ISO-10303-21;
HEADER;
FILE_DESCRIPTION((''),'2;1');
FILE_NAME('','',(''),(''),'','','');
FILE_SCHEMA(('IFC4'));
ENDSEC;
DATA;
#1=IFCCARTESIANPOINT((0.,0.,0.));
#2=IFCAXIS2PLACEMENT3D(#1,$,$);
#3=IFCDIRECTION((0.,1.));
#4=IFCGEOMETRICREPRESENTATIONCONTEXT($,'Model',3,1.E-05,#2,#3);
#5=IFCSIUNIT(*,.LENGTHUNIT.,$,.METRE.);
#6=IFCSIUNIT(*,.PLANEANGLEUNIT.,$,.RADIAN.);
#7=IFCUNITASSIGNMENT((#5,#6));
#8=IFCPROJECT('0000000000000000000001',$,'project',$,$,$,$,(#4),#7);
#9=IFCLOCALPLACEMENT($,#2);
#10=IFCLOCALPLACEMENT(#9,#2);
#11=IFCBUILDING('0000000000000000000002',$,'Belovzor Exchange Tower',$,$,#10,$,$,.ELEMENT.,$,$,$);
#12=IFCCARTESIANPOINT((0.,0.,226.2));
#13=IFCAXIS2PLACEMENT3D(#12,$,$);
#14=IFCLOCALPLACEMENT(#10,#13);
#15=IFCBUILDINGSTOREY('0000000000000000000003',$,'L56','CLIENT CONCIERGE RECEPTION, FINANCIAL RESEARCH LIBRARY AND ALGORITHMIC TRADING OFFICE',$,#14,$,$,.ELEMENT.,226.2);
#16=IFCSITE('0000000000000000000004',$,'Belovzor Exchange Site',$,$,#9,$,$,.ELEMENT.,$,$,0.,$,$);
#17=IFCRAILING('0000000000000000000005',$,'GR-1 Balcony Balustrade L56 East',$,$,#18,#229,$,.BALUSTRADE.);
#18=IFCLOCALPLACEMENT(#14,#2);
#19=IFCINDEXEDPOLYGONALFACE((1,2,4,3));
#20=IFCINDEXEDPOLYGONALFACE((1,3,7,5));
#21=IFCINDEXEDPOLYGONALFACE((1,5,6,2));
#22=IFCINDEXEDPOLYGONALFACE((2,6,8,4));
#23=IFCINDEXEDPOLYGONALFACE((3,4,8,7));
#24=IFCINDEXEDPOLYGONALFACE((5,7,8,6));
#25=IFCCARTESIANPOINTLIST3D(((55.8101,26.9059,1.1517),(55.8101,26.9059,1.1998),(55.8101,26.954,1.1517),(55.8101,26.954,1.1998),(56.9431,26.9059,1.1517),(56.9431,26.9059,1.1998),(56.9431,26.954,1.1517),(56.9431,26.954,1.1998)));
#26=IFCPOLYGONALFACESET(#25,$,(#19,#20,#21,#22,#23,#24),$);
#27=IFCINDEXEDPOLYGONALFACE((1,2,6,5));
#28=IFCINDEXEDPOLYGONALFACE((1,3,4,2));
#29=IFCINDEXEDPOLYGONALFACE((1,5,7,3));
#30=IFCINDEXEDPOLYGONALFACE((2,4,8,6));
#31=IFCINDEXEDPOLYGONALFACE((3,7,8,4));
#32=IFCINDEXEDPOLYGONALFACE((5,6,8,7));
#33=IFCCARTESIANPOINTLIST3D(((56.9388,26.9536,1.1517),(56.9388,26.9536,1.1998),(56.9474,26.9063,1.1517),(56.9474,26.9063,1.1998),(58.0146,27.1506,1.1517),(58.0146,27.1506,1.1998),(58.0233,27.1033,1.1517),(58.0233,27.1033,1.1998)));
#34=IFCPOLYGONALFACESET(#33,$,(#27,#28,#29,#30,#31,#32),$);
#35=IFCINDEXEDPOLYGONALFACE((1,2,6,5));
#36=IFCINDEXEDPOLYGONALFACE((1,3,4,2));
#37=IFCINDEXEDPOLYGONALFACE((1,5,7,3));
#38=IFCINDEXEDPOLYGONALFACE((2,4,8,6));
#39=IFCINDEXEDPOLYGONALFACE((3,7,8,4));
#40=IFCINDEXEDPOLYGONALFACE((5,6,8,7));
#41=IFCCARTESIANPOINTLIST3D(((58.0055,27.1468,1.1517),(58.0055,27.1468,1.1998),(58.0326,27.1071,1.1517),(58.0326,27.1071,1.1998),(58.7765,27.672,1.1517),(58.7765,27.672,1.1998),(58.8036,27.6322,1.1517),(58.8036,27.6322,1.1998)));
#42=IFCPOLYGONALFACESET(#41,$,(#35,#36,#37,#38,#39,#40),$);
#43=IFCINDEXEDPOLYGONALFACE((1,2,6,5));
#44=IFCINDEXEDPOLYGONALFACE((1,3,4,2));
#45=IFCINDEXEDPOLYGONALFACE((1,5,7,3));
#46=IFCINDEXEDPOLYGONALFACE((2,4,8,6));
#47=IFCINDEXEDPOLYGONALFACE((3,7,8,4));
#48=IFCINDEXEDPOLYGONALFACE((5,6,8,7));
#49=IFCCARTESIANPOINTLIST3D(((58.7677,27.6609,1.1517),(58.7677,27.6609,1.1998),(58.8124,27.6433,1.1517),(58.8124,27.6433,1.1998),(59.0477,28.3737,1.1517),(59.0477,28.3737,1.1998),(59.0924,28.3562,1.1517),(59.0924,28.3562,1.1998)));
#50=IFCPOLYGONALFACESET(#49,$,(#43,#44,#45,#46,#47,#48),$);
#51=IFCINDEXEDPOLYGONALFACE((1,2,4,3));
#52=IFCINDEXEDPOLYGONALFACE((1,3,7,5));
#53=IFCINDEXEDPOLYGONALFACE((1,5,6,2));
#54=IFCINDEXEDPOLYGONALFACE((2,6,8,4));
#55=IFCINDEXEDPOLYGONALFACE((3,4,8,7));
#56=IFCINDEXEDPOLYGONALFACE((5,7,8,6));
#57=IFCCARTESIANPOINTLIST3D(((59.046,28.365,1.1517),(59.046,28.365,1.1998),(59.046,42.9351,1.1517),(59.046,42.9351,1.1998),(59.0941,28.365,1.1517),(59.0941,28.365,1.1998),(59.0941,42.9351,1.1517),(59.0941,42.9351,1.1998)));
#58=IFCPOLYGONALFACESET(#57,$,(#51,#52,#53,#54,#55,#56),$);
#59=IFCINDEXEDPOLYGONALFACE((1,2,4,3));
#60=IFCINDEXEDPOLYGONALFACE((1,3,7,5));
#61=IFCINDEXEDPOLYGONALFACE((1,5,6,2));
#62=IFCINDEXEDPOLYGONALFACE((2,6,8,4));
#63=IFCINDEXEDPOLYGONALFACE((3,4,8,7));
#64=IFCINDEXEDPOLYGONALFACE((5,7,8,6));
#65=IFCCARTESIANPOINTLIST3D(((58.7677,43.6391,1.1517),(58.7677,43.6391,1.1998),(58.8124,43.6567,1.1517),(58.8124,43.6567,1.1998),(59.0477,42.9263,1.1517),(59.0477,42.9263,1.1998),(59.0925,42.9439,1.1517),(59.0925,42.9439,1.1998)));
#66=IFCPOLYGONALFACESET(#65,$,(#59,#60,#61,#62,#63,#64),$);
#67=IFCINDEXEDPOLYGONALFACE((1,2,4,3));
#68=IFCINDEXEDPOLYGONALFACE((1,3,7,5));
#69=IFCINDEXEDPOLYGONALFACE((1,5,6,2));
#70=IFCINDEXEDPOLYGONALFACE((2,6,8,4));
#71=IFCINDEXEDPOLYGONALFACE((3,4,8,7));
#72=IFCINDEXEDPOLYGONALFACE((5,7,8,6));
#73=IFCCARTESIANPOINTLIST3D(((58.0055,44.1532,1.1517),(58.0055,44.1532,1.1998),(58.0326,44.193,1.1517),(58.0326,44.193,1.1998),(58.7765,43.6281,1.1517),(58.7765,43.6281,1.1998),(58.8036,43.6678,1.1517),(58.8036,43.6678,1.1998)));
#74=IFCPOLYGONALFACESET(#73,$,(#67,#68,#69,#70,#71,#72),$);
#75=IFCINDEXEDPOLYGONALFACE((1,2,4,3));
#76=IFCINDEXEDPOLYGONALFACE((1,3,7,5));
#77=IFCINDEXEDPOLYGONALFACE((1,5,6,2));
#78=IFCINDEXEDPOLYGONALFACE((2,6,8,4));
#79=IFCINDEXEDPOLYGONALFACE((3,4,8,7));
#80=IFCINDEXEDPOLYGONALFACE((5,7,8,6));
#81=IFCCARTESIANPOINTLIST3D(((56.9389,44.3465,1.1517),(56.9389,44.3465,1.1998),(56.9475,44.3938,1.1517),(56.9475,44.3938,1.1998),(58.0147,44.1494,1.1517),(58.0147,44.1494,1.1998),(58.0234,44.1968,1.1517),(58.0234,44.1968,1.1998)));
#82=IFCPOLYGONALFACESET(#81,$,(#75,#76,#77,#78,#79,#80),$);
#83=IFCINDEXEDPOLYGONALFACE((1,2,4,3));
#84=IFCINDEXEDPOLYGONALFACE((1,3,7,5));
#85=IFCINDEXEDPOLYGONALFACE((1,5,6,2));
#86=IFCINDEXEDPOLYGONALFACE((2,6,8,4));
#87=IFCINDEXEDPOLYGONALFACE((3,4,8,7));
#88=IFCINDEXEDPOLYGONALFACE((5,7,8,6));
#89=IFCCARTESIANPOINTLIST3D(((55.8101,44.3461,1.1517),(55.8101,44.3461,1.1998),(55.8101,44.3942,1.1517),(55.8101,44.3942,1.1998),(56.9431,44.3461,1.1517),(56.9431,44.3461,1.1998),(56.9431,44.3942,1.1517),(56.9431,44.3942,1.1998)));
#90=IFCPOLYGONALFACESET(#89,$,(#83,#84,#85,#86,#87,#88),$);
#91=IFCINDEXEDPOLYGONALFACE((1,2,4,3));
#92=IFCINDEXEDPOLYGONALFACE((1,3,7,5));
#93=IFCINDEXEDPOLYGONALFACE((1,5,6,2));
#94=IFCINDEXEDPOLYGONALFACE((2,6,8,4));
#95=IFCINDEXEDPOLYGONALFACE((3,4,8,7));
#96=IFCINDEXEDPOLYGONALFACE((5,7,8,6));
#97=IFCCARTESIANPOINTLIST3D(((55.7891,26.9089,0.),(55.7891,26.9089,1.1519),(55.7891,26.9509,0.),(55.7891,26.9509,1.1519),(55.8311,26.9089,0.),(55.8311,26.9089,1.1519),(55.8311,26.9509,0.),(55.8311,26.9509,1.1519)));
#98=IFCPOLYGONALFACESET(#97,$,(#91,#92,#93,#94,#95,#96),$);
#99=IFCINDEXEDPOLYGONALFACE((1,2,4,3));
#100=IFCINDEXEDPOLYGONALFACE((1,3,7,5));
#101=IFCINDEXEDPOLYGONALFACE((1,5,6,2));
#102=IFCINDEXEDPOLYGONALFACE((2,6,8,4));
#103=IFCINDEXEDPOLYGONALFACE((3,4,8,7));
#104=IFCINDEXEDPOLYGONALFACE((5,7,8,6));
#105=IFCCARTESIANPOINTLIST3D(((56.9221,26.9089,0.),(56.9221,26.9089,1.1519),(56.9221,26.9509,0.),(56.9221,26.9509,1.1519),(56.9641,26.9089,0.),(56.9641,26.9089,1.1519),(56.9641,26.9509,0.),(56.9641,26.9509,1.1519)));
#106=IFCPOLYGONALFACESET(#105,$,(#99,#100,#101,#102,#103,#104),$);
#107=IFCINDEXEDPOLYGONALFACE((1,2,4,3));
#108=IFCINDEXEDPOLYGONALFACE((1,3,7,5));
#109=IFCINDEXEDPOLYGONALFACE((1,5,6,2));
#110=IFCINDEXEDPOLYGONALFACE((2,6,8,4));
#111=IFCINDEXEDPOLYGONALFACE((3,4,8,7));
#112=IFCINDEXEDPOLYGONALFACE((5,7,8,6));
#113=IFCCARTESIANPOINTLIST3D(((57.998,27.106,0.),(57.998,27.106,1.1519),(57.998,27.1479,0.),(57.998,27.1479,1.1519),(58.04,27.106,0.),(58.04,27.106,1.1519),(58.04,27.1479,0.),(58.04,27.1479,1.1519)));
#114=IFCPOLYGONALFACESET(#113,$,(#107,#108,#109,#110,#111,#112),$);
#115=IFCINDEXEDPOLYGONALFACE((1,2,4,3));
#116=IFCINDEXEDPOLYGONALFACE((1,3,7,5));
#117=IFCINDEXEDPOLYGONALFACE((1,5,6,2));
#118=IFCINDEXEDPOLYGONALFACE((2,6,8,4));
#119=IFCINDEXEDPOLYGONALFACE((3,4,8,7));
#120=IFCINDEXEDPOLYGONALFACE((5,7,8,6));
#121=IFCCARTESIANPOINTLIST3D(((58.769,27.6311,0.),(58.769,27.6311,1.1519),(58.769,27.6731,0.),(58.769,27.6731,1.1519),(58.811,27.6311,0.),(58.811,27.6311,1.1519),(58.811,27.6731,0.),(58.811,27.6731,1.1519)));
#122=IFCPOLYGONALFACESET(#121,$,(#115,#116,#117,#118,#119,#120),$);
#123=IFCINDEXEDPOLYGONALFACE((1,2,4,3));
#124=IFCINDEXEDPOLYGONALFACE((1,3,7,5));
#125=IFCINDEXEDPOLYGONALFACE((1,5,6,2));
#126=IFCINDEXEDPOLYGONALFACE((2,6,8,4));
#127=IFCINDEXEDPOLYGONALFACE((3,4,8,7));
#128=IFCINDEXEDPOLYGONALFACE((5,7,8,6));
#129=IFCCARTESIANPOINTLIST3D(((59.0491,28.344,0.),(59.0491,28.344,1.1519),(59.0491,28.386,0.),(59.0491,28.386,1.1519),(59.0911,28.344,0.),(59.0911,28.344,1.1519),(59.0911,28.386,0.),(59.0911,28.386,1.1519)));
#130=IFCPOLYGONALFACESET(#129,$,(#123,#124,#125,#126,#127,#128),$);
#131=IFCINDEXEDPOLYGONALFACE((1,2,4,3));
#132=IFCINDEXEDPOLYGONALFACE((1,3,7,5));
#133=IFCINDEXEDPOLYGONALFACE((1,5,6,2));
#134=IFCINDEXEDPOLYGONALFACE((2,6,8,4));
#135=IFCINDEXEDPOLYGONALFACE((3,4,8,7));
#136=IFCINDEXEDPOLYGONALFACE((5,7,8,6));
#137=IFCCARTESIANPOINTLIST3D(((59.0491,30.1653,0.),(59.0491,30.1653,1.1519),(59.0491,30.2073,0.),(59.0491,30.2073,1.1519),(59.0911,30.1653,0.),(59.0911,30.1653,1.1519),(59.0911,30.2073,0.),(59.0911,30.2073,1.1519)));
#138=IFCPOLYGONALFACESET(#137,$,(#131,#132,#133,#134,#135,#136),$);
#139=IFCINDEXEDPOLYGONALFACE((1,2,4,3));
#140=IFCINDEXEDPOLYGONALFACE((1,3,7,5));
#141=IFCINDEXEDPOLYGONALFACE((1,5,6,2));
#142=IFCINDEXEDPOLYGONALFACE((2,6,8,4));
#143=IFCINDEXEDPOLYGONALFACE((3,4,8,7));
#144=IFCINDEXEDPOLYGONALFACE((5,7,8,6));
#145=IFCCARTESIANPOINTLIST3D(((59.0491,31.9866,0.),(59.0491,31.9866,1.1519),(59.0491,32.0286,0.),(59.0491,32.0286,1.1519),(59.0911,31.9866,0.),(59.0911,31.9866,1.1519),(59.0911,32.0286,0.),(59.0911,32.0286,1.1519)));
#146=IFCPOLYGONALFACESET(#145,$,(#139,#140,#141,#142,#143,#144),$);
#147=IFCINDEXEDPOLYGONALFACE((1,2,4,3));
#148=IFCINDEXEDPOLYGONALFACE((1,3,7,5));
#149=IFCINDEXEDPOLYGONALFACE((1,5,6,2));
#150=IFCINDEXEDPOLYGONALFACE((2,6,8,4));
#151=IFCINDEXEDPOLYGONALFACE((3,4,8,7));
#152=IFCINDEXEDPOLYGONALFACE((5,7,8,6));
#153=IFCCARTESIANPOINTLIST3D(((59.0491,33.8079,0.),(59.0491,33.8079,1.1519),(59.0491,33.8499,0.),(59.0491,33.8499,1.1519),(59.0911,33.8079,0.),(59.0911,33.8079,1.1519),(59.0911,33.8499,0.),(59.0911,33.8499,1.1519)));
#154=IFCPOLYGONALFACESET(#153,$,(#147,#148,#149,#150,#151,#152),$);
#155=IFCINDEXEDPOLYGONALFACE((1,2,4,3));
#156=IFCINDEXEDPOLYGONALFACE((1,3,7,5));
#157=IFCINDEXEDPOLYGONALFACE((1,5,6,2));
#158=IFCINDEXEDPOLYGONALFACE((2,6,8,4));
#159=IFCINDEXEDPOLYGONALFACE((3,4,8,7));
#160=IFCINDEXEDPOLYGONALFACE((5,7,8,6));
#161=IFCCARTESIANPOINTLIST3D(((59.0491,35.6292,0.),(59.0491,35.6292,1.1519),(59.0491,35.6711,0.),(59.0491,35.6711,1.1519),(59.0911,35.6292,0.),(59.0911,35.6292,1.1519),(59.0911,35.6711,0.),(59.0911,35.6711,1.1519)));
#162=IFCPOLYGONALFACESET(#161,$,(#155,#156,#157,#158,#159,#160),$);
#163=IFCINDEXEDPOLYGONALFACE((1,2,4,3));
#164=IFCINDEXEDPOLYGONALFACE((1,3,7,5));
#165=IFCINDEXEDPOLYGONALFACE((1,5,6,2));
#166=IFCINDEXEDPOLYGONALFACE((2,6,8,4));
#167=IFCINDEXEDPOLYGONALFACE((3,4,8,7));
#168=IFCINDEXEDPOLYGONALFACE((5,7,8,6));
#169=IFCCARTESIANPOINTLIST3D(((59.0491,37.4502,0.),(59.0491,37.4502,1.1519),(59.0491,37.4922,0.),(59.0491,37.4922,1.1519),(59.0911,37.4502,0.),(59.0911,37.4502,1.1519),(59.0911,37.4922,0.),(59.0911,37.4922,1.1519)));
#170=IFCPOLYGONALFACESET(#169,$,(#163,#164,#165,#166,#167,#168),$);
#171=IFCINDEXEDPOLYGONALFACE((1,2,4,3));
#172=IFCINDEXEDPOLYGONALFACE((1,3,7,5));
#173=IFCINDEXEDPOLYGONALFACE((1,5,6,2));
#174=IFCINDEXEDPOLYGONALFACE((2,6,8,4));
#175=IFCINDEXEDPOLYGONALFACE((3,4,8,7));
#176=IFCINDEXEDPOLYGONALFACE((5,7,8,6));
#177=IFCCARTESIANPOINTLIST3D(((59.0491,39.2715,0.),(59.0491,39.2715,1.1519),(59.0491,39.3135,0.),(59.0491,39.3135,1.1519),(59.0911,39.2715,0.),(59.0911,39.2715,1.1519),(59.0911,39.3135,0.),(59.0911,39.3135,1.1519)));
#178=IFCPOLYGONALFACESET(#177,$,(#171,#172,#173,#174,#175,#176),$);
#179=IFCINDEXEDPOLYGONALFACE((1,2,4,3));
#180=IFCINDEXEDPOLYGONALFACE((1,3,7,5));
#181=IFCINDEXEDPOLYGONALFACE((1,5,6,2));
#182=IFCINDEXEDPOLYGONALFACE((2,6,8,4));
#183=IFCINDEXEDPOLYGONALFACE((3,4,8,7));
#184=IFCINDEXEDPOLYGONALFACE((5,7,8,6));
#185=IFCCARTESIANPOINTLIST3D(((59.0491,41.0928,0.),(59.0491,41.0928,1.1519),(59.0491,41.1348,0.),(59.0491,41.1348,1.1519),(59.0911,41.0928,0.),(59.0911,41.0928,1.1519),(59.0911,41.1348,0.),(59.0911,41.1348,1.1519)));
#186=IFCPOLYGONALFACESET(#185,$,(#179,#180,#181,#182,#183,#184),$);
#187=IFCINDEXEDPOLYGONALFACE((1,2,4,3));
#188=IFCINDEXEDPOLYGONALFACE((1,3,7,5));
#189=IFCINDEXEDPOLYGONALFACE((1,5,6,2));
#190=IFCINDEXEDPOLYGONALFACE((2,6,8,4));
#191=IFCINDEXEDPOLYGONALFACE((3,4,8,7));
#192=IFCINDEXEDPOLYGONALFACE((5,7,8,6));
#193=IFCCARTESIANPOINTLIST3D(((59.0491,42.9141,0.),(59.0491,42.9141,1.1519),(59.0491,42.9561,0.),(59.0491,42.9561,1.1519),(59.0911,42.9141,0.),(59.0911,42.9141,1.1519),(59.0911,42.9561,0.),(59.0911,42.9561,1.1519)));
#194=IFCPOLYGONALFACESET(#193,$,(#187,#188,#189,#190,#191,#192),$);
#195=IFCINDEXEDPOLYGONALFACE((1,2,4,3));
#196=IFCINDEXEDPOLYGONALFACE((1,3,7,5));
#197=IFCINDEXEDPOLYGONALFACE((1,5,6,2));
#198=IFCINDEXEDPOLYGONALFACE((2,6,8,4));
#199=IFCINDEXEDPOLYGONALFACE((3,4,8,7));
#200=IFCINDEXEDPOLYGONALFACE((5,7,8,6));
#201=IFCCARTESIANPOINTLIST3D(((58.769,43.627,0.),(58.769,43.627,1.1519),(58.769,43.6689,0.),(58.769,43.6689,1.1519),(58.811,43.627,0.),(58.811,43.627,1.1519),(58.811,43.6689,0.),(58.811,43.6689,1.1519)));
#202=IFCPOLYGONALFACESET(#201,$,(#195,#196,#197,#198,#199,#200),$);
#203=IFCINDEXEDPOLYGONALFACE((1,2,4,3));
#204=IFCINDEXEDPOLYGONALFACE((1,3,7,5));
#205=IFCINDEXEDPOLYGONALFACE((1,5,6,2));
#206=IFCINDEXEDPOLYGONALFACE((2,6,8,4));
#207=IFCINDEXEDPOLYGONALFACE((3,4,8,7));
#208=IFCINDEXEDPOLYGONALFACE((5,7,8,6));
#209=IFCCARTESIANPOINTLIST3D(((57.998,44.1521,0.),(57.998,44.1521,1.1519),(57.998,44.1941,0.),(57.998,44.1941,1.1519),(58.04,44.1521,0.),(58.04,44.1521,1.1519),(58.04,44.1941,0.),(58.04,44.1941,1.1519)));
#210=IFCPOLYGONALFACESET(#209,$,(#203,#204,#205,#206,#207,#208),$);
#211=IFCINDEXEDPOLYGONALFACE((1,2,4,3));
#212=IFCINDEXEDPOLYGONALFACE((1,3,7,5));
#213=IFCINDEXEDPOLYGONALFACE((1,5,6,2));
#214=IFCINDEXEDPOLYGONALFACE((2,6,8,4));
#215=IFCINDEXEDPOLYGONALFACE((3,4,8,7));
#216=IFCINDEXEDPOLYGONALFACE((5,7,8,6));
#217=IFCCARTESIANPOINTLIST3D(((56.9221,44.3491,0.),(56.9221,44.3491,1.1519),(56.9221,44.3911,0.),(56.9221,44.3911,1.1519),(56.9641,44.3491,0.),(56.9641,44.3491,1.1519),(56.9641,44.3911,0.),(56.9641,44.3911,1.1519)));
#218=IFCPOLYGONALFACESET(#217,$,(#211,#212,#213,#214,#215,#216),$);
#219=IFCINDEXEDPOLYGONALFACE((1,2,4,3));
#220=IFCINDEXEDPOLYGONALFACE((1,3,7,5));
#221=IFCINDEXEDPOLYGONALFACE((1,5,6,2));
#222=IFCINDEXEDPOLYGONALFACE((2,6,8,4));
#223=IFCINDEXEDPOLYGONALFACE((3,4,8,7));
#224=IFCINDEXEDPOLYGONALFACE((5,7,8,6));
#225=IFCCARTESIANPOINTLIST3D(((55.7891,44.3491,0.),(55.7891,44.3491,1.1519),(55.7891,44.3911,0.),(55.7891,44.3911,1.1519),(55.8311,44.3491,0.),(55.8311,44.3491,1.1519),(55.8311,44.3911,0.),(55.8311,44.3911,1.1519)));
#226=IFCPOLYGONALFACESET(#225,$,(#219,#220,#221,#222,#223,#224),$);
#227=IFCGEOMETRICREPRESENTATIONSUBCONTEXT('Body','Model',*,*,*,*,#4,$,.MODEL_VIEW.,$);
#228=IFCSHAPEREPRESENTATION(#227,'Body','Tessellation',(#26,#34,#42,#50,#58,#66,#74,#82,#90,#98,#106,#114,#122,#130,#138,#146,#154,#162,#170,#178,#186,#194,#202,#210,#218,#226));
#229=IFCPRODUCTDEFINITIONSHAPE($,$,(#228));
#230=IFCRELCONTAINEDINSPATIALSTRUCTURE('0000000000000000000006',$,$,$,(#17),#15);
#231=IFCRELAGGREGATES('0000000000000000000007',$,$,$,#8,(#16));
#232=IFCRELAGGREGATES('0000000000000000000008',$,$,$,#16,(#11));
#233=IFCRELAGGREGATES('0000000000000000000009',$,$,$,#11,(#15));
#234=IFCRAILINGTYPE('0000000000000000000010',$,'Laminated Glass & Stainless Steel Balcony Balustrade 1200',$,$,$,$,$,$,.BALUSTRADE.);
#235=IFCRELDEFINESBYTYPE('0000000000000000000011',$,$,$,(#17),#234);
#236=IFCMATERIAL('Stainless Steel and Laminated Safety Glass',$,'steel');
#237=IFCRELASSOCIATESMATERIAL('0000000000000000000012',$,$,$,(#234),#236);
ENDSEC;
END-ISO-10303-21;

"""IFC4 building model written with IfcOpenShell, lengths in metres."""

from ifc_helpers import new_model, si_unit, direction, frame, origin, origin_2d, place, context, subcontext, project, spatial, rectangle, extrude, material, type_object, element, save


model = new_model("IFC4")

# Units and contexts
model_context = context("Model", 3, precision=1e-05, world=origin(), true_north=direction((0.0, 1.0)))
body_context = subcontext(model_context, "Body", "Model", "MODEL_VIEW")
ifc_project = project(units=[si_unit("LENGTHUNIT", "METRE"), si_unit("PLANEANGLEUNIT", "RADIAN")], contexts=[model_context])

# Site, building, storey
site_placement = place(None, origin())
site = spatial("IfcSite", under=ifc_project, at=site_placement, Name="Belovzor Exchange Site", CompositionType="ELEMENT", RefElevation=0.0)
building_placement = place(site_placement, origin())
building = spatial("IfcBuilding", under=site, at=building_placement, Name="Belovzor Exchange Tower", CompositionType="ELEMENT")
storey_placement = place(building_placement, frame((0.0, 0.0, 226.2)))
storey = spatial("IfcBuildingStorey", under=building, at=storey_placement, Name="L56", Description="CLIENT CONCIERGE RECEPTION, FINANCIAL RESEARCH LIBRARY AND ALGORITHMIC TRADING OFFICE", CompositionType="ELEMENT", Elevation=226.2)

# Railing
ifc_material_1 = material(Name="Stainless Steel and Laminated Safety Glass", Category="steel")
railing_type = type_object("IfcRailingType", Name="Laminated Glass & Stainless Steel Balcony Balustrade 1200", PredefinedType="BALUSTRADE", material=ifc_material_1)
railing_placement = place(storey_placement, frame((55.8101, 26.9299, 0.0)))
element("IfcRailing", 1, at=railing_placement, inside=storey, type_object=railing_type, Name="GR-1 Balcony Balustrade L56 East", PredefinedType="BALUSTRADE", context=body_context, shape_type="SweptSolid", body=[
    extrude(rectangle(XDim=0.0481, YDim=0.0481, at=origin_2d()), frame((0.0, 0.0, 1.1758), z_axis=(1.0, 0.0, 0.0), x_axis=(0.0, 1.0, 0.0)), (0.0, 0.0, 1.0), 1.1331),
    extrude(rectangle(XDim=0.0481, YDim=0.0481, at=origin_2d()), frame((1.1331, 0.0, 1.1758), z_axis=(0.983644, 0.180123, 0.0), x_axis=(-0.180123, 0.983644, 0.0)), (0.0, 0.0, 1.0), 1.0938),
    extrude(rectangle(XDim=0.0481, YDim=0.0481, at=origin_2d()), frame((2.209, 0.197, 1.1758), z_axis=(0.826493, 0.562947, 0.0), x_axis=(-0.562947, 0.826493, 0.0)), (0.0, 0.0, 1.0), 0.9329),
    extrude(rectangle(XDim=0.0481, YDim=0.0481, at=origin_2d()), frame((2.98, 0.7222, 1.1758), z_axis=(0.365613, 0.930767, 0.0), x_axis=(-0.930767, 0.365613, 0.0)), (0.0, 0.0, 1.0), 0.7659),
    extrude(rectangle(XDim=0.0481, YDim=0.0481, at=origin_2d()), frame((3.26, 1.4351, 1.1758), z_axis=(0.0, 1.0, 0.0), x_axis=(-1.0, 0.0, 0.0)), (0.0, 0.0, 1.0), 14.5701),
    extrude(rectangle(XDim=0.0481, YDim=0.0481, at=origin_2d()), frame((3.26, 16.0051, 1.1758), z_axis=(-0.365613, 0.930767, 0.0), x_axis=(-0.930767, -0.365613, 0.0)), (0.0, 0.0, 1.0), 0.7659),
    extrude(rectangle(XDim=0.0481, YDim=0.0481, at=origin_2d()), frame((2.98, 16.718, 1.1758), z_axis=(-0.826493, 0.562947, 0.0), x_axis=(-0.562947, -0.826493, 0.0)), (0.0, 0.0, 1.0), 0.9329),
    extrude(rectangle(XDim=0.0481, YDim=0.0481, at=origin_2d()), frame((2.209, 17.2432, 1.1758), z_axis=(-0.983644, 0.180123, 0.0), x_axis=(-0.180123, -0.983644, 0.0)), (0.0, 0.0, 1.0), 1.0938),
    extrude(rectangle(XDim=0.0481, YDim=0.0481, at=origin_2d()), frame((1.1331, 17.4402, 1.1758), z_axis=(-1.0, 0.0, 0.0), x_axis=(0.0, -1.0, 0.0)), (0.0, 0.0, 1.0), 1.1331),
    extrude(rectangle(XDim=0.042, YDim=0.042, at=origin_2d()), origin(), (0.0, 0.0, 1.0), 1.1519),
    extrude(rectangle(XDim=0.042, YDim=0.042, at=origin_2d()), frame((1.1331, 0.0, 0.0)), (0.0, 0.0, 1.0), 1.1519),
    extrude(rectangle(XDim=0.042, YDim=0.042, at=origin_2d()), frame((2.209, 0.197, 0.0)), (0.0, 0.0, 1.0), 1.1519),
    extrude(rectangle(XDim=0.042, YDim=0.042, at=origin_2d()), frame((2.98, 0.7222, 0.0)), (0.0, 0.0, 1.0), 1.1519),
    extrude(rectangle(XDim=0.042, YDim=0.042, at=origin_2d()), frame((3.26, 1.4351, 0.0)), (0.0, 0.0, 1.0), 1.1519),
    extrude(rectangle(XDim=0.042, YDim=0.042, at=origin_2d()), frame((3.26, 3.2563, 0.0)), (0.0, 0.0, 1.0), 1.1519),
    extrude(rectangle(XDim=0.042, YDim=0.042, at=origin_2d()), frame((3.26, 5.0776, 0.0)), (0.0, 0.0, 1.0), 1.1519),
    extrude(rectangle(XDim=0.042, YDim=0.042, at=origin_2d()), frame((3.26, 6.8989, 0.0)), (0.0, 0.0, 1.0), 1.1519),
    extrude(rectangle(XDim=0.042, YDim=0.042, at=origin_2d()), frame((3.26, 8.7202, 0.0)), (0.0, 0.0, 1.0), 1.1519),
    extrude(rectangle(XDim=0.042, YDim=0.042, at=origin_2d()), frame((3.26, 10.5413, 0.0)), (0.0, 0.0, 1.0), 1.1519),
    extrude(rectangle(XDim=0.042, YDim=0.042, at=origin_2d()), frame((3.26, 12.3625, 0.0)), (0.0, 0.0, 1.0), 1.1519),
    extrude(rectangle(XDim=0.042, YDim=0.042, at=origin_2d()), frame((3.26, 14.1838, 0.0)), (0.0, 0.0, 1.0), 1.1519),
    extrude(rectangle(XDim=0.042, YDim=0.042, at=origin_2d()), frame((3.26, 16.0051, 0.0)), (0.0, 0.0, 1.0), 1.1519),
    extrude(rectangle(XDim=0.042, YDim=0.042, at=origin_2d()), frame((2.98, 16.718, 0.0)), (0.0, 0.0, 1.0), 1.1519),
    extrude(rectangle(XDim=0.042, YDim=0.042, at=origin_2d()), frame((2.209, 17.2432, 0.0)), (0.0, 0.0, 1.0), 1.1519),
    extrude(rectangle(XDim=0.042, YDim=0.042, at=origin_2d()), frame((1.1331, 17.4402, 0.0)), (0.0, 0.0, 1.0), 1.1519),
    extrude(rectangle(XDim=0.042, YDim=0.042, at=origin_2d()), frame((0.0, 17.4402, 0.0)), (0.0, 0.0, 1.0), 1.1519),
])

save(model, "model.ifc")
